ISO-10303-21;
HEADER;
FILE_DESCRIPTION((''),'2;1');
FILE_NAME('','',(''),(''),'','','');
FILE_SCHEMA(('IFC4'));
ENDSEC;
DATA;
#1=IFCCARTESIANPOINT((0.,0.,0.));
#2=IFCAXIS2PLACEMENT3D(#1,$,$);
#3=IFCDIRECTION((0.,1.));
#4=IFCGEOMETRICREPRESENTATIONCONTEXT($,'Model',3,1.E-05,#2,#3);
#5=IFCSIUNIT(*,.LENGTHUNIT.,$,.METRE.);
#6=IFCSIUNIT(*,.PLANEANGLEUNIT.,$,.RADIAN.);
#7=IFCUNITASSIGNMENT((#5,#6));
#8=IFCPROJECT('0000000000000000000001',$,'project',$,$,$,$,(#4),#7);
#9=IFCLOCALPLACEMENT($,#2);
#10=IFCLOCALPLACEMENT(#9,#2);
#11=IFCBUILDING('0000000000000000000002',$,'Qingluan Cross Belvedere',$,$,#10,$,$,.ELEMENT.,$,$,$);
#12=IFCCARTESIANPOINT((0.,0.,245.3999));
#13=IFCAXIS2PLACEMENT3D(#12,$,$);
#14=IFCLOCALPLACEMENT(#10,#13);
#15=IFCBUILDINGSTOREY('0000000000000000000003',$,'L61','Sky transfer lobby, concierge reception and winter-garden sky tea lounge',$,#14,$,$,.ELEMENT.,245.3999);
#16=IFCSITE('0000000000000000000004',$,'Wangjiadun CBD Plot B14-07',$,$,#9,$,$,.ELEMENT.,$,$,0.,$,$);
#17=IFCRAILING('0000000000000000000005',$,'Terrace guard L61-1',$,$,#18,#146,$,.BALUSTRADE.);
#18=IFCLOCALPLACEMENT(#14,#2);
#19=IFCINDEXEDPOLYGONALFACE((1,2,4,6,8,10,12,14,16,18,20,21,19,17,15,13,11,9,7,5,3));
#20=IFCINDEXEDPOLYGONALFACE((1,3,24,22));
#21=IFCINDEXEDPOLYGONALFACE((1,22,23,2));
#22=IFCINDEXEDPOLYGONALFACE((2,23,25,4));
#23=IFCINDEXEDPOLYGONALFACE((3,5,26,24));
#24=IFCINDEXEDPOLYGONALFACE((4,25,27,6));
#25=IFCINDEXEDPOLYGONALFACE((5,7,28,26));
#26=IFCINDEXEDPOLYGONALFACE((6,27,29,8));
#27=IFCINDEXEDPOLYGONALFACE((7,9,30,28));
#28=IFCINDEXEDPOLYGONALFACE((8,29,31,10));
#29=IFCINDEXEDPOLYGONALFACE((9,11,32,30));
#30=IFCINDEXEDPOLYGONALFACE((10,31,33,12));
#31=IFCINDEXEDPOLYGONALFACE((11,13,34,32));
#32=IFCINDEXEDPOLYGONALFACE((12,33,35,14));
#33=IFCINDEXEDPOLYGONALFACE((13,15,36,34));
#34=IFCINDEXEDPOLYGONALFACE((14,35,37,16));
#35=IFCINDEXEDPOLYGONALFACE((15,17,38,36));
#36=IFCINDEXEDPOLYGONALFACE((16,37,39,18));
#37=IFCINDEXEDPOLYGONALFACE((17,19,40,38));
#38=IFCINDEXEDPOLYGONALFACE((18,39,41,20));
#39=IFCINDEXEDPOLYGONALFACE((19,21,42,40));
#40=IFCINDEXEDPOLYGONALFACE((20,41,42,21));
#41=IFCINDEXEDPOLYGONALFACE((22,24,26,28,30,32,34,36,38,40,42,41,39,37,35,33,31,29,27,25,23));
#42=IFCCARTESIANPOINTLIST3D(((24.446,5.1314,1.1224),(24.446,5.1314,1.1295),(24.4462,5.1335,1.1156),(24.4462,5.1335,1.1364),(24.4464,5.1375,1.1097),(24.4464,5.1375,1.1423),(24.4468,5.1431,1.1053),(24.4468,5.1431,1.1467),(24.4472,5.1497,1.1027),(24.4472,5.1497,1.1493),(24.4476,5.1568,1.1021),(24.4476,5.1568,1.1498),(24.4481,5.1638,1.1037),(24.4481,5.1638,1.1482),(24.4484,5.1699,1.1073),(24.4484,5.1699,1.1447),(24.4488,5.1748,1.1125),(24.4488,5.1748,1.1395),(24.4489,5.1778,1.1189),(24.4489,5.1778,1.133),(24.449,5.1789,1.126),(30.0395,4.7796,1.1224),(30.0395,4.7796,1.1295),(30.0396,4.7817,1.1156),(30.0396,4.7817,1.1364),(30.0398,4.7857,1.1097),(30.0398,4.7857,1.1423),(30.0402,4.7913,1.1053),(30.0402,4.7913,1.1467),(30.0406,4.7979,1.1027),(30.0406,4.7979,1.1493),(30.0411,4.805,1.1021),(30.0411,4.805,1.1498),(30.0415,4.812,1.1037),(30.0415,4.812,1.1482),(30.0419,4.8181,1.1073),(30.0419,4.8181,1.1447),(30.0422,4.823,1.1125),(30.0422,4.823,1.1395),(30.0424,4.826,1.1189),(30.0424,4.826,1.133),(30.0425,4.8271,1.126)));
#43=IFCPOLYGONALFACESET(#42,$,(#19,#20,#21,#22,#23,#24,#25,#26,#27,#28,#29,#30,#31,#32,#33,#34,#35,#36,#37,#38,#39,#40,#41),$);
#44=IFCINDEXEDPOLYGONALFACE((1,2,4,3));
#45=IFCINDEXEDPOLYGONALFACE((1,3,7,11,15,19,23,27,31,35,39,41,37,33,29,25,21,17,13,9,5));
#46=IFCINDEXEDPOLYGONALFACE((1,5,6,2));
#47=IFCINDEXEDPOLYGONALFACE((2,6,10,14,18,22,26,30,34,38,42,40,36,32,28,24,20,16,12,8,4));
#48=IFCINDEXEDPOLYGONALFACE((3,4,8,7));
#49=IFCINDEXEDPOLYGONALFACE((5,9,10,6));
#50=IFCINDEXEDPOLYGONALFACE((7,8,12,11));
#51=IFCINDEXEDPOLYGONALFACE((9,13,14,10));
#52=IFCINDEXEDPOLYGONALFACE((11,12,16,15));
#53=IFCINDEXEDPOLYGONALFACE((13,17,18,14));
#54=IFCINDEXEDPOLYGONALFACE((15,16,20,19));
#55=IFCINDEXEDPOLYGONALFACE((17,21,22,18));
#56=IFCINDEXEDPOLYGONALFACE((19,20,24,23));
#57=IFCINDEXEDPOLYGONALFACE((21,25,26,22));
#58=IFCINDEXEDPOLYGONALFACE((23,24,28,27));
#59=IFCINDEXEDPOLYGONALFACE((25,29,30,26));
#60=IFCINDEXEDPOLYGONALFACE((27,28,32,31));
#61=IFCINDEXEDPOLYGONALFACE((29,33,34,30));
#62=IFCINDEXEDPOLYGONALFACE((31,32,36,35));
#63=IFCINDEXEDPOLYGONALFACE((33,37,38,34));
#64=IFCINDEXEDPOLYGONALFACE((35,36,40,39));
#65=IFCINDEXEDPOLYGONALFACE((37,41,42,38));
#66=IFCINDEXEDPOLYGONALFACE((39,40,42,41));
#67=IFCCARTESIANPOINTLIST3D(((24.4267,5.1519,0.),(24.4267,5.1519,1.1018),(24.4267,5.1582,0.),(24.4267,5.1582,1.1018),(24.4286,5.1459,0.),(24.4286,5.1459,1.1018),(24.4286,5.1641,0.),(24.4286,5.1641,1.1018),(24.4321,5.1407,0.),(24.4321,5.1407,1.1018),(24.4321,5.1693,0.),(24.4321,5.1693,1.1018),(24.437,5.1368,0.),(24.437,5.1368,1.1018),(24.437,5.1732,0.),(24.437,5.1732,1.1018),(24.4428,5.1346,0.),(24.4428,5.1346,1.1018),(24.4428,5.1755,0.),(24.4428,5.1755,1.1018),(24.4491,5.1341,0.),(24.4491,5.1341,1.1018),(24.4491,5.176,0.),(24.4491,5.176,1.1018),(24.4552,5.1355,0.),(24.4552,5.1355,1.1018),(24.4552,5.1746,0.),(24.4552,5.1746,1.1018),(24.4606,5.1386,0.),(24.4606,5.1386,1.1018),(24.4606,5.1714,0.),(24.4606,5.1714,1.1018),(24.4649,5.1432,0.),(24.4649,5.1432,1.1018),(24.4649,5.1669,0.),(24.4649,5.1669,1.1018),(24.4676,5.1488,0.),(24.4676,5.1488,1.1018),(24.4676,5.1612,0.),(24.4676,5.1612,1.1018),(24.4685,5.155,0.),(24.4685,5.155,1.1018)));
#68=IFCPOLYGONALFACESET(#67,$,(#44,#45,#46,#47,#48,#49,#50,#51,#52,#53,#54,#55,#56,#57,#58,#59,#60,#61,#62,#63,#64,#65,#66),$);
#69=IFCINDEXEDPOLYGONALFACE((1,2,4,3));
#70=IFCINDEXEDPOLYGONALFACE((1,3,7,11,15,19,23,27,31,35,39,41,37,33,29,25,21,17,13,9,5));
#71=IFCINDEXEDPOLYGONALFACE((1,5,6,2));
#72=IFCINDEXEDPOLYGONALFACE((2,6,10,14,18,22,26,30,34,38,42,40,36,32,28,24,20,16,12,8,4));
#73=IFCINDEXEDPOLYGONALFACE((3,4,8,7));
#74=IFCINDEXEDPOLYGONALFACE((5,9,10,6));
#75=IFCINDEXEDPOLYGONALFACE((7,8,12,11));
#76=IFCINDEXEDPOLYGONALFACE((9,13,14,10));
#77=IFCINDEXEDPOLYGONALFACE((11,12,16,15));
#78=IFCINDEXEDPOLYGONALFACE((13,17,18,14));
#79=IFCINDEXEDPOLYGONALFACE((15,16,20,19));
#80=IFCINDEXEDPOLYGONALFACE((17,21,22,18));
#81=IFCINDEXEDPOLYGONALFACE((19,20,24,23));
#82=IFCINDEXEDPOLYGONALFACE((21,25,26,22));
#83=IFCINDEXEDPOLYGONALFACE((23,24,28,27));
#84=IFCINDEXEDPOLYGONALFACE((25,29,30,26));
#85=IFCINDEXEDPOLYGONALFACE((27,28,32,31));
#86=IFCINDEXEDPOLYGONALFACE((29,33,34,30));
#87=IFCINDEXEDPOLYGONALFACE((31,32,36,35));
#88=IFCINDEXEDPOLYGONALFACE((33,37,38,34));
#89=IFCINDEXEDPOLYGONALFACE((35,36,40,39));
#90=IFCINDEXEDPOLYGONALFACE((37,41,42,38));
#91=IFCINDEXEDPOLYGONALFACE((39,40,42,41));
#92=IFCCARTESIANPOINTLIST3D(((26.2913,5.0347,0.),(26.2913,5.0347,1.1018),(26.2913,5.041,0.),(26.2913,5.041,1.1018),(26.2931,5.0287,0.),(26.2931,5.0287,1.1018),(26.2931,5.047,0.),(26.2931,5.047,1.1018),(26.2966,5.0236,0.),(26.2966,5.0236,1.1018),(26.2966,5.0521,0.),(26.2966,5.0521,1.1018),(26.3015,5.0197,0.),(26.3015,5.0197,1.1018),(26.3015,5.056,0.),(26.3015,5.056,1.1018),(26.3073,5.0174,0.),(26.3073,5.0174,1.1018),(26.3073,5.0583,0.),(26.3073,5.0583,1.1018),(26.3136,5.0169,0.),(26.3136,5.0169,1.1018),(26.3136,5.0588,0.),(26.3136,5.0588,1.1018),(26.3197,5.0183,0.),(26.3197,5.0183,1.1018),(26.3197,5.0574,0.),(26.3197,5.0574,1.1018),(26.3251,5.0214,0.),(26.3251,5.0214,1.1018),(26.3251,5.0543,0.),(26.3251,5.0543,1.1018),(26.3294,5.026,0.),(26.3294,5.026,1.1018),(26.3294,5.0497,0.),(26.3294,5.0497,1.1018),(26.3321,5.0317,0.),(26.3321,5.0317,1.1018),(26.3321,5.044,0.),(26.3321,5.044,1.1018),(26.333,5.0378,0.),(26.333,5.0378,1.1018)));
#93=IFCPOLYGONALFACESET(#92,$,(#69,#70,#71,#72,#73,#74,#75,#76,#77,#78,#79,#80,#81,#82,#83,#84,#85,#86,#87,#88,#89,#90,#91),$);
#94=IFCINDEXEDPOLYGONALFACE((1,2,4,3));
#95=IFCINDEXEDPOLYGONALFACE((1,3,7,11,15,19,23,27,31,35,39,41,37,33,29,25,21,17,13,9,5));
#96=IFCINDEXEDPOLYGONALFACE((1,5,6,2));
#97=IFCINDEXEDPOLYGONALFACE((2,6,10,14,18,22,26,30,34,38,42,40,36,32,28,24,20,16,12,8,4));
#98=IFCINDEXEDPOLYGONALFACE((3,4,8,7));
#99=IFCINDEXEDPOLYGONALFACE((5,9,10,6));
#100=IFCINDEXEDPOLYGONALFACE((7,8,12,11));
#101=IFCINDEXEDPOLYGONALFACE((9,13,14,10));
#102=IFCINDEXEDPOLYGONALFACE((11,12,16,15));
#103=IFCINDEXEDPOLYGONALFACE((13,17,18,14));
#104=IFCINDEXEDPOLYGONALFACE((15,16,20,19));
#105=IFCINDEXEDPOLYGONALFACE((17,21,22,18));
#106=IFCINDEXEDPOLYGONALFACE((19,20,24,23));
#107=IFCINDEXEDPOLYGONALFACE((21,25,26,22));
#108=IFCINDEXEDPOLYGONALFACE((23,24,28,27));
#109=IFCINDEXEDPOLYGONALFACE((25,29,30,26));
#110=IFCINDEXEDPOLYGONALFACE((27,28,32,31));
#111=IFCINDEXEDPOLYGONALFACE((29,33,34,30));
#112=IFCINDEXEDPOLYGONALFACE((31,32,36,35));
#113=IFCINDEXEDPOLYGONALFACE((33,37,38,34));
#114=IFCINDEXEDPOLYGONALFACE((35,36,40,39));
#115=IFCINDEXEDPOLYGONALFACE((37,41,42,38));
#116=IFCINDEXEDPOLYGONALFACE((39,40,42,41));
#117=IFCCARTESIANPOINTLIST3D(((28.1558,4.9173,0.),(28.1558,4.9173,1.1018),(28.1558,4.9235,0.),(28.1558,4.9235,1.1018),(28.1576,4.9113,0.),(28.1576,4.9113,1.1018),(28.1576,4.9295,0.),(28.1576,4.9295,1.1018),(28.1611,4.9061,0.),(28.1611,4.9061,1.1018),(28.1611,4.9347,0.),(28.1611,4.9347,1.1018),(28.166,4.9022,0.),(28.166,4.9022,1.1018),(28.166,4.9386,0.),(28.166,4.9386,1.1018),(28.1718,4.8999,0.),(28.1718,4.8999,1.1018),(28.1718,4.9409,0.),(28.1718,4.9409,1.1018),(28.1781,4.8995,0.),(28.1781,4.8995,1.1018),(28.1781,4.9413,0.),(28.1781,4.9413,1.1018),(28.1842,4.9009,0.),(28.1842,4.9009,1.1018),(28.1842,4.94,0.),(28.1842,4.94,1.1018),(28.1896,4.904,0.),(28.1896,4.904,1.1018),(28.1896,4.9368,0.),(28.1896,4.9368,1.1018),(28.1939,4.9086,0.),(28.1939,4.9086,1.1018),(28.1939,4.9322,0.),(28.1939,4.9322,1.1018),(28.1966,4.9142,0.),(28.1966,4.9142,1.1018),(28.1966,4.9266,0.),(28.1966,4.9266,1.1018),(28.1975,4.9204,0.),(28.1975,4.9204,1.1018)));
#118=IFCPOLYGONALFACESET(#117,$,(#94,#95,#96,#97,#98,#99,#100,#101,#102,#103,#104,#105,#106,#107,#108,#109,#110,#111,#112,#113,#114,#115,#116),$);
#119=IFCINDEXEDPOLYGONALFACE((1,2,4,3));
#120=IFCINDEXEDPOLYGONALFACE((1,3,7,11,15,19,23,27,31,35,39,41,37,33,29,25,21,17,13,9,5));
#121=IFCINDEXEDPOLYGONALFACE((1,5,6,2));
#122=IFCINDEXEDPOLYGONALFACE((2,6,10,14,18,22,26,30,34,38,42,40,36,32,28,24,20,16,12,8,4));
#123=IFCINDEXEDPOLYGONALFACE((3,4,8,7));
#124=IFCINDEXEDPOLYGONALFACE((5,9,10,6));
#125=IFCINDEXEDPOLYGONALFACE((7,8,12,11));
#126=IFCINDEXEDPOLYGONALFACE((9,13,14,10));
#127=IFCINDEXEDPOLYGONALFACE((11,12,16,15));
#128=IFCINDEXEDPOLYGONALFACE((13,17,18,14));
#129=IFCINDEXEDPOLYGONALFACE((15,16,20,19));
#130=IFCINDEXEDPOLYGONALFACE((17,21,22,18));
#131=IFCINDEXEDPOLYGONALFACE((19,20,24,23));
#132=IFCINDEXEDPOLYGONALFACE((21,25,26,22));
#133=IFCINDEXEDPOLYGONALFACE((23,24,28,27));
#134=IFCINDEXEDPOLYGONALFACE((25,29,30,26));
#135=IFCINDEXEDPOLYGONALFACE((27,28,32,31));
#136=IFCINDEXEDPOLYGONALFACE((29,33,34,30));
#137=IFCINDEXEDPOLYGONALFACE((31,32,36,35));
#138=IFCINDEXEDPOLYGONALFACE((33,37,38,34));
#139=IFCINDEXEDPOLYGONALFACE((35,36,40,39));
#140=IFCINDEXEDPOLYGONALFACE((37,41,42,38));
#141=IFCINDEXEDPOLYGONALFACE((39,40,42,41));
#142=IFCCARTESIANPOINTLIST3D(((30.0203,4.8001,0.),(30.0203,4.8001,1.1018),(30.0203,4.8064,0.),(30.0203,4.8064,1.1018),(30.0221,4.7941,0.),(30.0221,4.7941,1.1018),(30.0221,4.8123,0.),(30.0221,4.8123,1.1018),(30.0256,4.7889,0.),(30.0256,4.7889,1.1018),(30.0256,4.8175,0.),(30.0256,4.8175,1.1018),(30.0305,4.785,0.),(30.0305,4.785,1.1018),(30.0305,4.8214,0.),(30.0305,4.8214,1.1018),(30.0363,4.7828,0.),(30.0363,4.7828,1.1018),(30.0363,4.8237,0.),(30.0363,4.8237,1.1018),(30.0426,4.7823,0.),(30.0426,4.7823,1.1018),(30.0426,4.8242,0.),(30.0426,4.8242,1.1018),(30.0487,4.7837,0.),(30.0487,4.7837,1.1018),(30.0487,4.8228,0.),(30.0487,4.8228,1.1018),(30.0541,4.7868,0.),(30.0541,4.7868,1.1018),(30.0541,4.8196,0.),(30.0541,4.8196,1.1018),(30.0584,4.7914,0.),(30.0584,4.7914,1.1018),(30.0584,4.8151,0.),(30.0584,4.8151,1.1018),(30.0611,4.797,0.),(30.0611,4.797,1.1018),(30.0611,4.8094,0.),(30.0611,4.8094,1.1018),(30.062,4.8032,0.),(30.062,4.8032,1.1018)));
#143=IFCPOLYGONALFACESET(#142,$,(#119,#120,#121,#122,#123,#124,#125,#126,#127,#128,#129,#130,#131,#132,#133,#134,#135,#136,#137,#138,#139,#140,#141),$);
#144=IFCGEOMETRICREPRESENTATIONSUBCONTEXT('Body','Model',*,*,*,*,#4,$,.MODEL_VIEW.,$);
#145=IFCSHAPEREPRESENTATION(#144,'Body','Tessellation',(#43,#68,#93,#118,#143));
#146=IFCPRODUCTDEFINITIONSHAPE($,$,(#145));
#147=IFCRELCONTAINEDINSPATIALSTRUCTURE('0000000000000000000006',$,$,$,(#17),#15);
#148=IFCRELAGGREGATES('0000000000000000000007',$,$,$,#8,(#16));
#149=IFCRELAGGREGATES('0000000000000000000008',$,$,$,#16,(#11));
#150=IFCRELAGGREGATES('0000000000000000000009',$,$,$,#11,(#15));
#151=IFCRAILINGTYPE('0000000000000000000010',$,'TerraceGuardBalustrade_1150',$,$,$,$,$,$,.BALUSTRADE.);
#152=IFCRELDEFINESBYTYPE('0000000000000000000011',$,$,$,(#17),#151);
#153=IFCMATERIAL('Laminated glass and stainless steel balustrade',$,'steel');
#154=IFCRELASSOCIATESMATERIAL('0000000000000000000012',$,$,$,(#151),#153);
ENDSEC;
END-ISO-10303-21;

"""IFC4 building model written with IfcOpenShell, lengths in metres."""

from ifc_helpers import new_model, si_unit, direction, frame, origin, origin_2d, place, context, subcontext, project, spatial, circle, extrude, material, type_object, element, save


model = new_model("IFC4")

# Units and contexts
model_context = context("Model", 3, precision=1e-05, world=origin(), true_north=direction((0.0, 1.0)))
body_context = subcontext(model_context, "Body", "Model", "MODEL_VIEW")
ifc_project = project(units=[si_unit("LENGTHUNIT", "METRE"), si_unit("PLANEANGLEUNIT", "RADIAN")], contexts=[model_context])

# Site, building, storey
site_placement = place(None, origin())
site = spatial("IfcSite", under=ifc_project, at=site_placement, Name="Wangjiadun CBD Plot B14-07", CompositionType="ELEMENT", RefElevation=0.0)
building_placement = place(site_placement, origin())
building = spatial("IfcBuilding", under=site, at=building_placement, Name="Qingluan Cross Belvedere", CompositionType="ELEMENT")
storey_placement = place(building_placement, frame((0.0, 0.0, 245.3999)))
storey = spatial("IfcBuildingStorey", under=building, at=storey_placement, Name="L61", Description="Sky transfer lobby, concierge reception and winter-garden sky tea lounge", CompositionType="ELEMENT", Elevation=245.3999)

# Railing
ifc_material_1 = material(Name="Laminated glass and stainless steel balustrade", Category="steel")
railing_type = type_object("IfcRailingType", Name="TerraceGuardBalustrade_1150", PredefinedType="BALUSTRADE", material=ifc_material_1)
railing_1_placement = place(storey_placement, frame((24.4475, 5.155, 0.0)))
element("IfcRailing", 1, at=railing_1_placement, inside=storey, type_object=railing_type, Name="Terrace guard L61-1", PredefinedType="BALUSTRADE", context=body_context, shape_type="SweptSolid", body=[
    extrude(circle(Radius=0.0239, at=origin_2d()), frame((0.0, 0.0, 1.126), z_axis=(0.998028, -0.062772, 0.0), x_axis=(0.062772, 0.998028, 0.0)), (0.0, 0.0, 1.0), 5.6045),
    extrude(circle(Radius=0.021, at=origin_2d()), origin(), (0.0, 0.0, 1.0), 1.1018),
    extrude(circle(Radius=0.021, at=origin_2d()), frame((1.8645, -0.1172, 0.0)), (0.0, 0.0, 1.0), 1.1018),
    extrude(circle(Radius=0.021, at=origin_2d()), frame((3.729, -0.2346, 0.0)), (0.0, 0.0, 1.0), 1.1018),
    extrude(circle(Radius=0.021, at=origin_2d()), frame((5.5935, -0.3518, 0.0)), (0.0, 0.0, 1.0), 1.1018),
])

save(model, "model.ifc")
